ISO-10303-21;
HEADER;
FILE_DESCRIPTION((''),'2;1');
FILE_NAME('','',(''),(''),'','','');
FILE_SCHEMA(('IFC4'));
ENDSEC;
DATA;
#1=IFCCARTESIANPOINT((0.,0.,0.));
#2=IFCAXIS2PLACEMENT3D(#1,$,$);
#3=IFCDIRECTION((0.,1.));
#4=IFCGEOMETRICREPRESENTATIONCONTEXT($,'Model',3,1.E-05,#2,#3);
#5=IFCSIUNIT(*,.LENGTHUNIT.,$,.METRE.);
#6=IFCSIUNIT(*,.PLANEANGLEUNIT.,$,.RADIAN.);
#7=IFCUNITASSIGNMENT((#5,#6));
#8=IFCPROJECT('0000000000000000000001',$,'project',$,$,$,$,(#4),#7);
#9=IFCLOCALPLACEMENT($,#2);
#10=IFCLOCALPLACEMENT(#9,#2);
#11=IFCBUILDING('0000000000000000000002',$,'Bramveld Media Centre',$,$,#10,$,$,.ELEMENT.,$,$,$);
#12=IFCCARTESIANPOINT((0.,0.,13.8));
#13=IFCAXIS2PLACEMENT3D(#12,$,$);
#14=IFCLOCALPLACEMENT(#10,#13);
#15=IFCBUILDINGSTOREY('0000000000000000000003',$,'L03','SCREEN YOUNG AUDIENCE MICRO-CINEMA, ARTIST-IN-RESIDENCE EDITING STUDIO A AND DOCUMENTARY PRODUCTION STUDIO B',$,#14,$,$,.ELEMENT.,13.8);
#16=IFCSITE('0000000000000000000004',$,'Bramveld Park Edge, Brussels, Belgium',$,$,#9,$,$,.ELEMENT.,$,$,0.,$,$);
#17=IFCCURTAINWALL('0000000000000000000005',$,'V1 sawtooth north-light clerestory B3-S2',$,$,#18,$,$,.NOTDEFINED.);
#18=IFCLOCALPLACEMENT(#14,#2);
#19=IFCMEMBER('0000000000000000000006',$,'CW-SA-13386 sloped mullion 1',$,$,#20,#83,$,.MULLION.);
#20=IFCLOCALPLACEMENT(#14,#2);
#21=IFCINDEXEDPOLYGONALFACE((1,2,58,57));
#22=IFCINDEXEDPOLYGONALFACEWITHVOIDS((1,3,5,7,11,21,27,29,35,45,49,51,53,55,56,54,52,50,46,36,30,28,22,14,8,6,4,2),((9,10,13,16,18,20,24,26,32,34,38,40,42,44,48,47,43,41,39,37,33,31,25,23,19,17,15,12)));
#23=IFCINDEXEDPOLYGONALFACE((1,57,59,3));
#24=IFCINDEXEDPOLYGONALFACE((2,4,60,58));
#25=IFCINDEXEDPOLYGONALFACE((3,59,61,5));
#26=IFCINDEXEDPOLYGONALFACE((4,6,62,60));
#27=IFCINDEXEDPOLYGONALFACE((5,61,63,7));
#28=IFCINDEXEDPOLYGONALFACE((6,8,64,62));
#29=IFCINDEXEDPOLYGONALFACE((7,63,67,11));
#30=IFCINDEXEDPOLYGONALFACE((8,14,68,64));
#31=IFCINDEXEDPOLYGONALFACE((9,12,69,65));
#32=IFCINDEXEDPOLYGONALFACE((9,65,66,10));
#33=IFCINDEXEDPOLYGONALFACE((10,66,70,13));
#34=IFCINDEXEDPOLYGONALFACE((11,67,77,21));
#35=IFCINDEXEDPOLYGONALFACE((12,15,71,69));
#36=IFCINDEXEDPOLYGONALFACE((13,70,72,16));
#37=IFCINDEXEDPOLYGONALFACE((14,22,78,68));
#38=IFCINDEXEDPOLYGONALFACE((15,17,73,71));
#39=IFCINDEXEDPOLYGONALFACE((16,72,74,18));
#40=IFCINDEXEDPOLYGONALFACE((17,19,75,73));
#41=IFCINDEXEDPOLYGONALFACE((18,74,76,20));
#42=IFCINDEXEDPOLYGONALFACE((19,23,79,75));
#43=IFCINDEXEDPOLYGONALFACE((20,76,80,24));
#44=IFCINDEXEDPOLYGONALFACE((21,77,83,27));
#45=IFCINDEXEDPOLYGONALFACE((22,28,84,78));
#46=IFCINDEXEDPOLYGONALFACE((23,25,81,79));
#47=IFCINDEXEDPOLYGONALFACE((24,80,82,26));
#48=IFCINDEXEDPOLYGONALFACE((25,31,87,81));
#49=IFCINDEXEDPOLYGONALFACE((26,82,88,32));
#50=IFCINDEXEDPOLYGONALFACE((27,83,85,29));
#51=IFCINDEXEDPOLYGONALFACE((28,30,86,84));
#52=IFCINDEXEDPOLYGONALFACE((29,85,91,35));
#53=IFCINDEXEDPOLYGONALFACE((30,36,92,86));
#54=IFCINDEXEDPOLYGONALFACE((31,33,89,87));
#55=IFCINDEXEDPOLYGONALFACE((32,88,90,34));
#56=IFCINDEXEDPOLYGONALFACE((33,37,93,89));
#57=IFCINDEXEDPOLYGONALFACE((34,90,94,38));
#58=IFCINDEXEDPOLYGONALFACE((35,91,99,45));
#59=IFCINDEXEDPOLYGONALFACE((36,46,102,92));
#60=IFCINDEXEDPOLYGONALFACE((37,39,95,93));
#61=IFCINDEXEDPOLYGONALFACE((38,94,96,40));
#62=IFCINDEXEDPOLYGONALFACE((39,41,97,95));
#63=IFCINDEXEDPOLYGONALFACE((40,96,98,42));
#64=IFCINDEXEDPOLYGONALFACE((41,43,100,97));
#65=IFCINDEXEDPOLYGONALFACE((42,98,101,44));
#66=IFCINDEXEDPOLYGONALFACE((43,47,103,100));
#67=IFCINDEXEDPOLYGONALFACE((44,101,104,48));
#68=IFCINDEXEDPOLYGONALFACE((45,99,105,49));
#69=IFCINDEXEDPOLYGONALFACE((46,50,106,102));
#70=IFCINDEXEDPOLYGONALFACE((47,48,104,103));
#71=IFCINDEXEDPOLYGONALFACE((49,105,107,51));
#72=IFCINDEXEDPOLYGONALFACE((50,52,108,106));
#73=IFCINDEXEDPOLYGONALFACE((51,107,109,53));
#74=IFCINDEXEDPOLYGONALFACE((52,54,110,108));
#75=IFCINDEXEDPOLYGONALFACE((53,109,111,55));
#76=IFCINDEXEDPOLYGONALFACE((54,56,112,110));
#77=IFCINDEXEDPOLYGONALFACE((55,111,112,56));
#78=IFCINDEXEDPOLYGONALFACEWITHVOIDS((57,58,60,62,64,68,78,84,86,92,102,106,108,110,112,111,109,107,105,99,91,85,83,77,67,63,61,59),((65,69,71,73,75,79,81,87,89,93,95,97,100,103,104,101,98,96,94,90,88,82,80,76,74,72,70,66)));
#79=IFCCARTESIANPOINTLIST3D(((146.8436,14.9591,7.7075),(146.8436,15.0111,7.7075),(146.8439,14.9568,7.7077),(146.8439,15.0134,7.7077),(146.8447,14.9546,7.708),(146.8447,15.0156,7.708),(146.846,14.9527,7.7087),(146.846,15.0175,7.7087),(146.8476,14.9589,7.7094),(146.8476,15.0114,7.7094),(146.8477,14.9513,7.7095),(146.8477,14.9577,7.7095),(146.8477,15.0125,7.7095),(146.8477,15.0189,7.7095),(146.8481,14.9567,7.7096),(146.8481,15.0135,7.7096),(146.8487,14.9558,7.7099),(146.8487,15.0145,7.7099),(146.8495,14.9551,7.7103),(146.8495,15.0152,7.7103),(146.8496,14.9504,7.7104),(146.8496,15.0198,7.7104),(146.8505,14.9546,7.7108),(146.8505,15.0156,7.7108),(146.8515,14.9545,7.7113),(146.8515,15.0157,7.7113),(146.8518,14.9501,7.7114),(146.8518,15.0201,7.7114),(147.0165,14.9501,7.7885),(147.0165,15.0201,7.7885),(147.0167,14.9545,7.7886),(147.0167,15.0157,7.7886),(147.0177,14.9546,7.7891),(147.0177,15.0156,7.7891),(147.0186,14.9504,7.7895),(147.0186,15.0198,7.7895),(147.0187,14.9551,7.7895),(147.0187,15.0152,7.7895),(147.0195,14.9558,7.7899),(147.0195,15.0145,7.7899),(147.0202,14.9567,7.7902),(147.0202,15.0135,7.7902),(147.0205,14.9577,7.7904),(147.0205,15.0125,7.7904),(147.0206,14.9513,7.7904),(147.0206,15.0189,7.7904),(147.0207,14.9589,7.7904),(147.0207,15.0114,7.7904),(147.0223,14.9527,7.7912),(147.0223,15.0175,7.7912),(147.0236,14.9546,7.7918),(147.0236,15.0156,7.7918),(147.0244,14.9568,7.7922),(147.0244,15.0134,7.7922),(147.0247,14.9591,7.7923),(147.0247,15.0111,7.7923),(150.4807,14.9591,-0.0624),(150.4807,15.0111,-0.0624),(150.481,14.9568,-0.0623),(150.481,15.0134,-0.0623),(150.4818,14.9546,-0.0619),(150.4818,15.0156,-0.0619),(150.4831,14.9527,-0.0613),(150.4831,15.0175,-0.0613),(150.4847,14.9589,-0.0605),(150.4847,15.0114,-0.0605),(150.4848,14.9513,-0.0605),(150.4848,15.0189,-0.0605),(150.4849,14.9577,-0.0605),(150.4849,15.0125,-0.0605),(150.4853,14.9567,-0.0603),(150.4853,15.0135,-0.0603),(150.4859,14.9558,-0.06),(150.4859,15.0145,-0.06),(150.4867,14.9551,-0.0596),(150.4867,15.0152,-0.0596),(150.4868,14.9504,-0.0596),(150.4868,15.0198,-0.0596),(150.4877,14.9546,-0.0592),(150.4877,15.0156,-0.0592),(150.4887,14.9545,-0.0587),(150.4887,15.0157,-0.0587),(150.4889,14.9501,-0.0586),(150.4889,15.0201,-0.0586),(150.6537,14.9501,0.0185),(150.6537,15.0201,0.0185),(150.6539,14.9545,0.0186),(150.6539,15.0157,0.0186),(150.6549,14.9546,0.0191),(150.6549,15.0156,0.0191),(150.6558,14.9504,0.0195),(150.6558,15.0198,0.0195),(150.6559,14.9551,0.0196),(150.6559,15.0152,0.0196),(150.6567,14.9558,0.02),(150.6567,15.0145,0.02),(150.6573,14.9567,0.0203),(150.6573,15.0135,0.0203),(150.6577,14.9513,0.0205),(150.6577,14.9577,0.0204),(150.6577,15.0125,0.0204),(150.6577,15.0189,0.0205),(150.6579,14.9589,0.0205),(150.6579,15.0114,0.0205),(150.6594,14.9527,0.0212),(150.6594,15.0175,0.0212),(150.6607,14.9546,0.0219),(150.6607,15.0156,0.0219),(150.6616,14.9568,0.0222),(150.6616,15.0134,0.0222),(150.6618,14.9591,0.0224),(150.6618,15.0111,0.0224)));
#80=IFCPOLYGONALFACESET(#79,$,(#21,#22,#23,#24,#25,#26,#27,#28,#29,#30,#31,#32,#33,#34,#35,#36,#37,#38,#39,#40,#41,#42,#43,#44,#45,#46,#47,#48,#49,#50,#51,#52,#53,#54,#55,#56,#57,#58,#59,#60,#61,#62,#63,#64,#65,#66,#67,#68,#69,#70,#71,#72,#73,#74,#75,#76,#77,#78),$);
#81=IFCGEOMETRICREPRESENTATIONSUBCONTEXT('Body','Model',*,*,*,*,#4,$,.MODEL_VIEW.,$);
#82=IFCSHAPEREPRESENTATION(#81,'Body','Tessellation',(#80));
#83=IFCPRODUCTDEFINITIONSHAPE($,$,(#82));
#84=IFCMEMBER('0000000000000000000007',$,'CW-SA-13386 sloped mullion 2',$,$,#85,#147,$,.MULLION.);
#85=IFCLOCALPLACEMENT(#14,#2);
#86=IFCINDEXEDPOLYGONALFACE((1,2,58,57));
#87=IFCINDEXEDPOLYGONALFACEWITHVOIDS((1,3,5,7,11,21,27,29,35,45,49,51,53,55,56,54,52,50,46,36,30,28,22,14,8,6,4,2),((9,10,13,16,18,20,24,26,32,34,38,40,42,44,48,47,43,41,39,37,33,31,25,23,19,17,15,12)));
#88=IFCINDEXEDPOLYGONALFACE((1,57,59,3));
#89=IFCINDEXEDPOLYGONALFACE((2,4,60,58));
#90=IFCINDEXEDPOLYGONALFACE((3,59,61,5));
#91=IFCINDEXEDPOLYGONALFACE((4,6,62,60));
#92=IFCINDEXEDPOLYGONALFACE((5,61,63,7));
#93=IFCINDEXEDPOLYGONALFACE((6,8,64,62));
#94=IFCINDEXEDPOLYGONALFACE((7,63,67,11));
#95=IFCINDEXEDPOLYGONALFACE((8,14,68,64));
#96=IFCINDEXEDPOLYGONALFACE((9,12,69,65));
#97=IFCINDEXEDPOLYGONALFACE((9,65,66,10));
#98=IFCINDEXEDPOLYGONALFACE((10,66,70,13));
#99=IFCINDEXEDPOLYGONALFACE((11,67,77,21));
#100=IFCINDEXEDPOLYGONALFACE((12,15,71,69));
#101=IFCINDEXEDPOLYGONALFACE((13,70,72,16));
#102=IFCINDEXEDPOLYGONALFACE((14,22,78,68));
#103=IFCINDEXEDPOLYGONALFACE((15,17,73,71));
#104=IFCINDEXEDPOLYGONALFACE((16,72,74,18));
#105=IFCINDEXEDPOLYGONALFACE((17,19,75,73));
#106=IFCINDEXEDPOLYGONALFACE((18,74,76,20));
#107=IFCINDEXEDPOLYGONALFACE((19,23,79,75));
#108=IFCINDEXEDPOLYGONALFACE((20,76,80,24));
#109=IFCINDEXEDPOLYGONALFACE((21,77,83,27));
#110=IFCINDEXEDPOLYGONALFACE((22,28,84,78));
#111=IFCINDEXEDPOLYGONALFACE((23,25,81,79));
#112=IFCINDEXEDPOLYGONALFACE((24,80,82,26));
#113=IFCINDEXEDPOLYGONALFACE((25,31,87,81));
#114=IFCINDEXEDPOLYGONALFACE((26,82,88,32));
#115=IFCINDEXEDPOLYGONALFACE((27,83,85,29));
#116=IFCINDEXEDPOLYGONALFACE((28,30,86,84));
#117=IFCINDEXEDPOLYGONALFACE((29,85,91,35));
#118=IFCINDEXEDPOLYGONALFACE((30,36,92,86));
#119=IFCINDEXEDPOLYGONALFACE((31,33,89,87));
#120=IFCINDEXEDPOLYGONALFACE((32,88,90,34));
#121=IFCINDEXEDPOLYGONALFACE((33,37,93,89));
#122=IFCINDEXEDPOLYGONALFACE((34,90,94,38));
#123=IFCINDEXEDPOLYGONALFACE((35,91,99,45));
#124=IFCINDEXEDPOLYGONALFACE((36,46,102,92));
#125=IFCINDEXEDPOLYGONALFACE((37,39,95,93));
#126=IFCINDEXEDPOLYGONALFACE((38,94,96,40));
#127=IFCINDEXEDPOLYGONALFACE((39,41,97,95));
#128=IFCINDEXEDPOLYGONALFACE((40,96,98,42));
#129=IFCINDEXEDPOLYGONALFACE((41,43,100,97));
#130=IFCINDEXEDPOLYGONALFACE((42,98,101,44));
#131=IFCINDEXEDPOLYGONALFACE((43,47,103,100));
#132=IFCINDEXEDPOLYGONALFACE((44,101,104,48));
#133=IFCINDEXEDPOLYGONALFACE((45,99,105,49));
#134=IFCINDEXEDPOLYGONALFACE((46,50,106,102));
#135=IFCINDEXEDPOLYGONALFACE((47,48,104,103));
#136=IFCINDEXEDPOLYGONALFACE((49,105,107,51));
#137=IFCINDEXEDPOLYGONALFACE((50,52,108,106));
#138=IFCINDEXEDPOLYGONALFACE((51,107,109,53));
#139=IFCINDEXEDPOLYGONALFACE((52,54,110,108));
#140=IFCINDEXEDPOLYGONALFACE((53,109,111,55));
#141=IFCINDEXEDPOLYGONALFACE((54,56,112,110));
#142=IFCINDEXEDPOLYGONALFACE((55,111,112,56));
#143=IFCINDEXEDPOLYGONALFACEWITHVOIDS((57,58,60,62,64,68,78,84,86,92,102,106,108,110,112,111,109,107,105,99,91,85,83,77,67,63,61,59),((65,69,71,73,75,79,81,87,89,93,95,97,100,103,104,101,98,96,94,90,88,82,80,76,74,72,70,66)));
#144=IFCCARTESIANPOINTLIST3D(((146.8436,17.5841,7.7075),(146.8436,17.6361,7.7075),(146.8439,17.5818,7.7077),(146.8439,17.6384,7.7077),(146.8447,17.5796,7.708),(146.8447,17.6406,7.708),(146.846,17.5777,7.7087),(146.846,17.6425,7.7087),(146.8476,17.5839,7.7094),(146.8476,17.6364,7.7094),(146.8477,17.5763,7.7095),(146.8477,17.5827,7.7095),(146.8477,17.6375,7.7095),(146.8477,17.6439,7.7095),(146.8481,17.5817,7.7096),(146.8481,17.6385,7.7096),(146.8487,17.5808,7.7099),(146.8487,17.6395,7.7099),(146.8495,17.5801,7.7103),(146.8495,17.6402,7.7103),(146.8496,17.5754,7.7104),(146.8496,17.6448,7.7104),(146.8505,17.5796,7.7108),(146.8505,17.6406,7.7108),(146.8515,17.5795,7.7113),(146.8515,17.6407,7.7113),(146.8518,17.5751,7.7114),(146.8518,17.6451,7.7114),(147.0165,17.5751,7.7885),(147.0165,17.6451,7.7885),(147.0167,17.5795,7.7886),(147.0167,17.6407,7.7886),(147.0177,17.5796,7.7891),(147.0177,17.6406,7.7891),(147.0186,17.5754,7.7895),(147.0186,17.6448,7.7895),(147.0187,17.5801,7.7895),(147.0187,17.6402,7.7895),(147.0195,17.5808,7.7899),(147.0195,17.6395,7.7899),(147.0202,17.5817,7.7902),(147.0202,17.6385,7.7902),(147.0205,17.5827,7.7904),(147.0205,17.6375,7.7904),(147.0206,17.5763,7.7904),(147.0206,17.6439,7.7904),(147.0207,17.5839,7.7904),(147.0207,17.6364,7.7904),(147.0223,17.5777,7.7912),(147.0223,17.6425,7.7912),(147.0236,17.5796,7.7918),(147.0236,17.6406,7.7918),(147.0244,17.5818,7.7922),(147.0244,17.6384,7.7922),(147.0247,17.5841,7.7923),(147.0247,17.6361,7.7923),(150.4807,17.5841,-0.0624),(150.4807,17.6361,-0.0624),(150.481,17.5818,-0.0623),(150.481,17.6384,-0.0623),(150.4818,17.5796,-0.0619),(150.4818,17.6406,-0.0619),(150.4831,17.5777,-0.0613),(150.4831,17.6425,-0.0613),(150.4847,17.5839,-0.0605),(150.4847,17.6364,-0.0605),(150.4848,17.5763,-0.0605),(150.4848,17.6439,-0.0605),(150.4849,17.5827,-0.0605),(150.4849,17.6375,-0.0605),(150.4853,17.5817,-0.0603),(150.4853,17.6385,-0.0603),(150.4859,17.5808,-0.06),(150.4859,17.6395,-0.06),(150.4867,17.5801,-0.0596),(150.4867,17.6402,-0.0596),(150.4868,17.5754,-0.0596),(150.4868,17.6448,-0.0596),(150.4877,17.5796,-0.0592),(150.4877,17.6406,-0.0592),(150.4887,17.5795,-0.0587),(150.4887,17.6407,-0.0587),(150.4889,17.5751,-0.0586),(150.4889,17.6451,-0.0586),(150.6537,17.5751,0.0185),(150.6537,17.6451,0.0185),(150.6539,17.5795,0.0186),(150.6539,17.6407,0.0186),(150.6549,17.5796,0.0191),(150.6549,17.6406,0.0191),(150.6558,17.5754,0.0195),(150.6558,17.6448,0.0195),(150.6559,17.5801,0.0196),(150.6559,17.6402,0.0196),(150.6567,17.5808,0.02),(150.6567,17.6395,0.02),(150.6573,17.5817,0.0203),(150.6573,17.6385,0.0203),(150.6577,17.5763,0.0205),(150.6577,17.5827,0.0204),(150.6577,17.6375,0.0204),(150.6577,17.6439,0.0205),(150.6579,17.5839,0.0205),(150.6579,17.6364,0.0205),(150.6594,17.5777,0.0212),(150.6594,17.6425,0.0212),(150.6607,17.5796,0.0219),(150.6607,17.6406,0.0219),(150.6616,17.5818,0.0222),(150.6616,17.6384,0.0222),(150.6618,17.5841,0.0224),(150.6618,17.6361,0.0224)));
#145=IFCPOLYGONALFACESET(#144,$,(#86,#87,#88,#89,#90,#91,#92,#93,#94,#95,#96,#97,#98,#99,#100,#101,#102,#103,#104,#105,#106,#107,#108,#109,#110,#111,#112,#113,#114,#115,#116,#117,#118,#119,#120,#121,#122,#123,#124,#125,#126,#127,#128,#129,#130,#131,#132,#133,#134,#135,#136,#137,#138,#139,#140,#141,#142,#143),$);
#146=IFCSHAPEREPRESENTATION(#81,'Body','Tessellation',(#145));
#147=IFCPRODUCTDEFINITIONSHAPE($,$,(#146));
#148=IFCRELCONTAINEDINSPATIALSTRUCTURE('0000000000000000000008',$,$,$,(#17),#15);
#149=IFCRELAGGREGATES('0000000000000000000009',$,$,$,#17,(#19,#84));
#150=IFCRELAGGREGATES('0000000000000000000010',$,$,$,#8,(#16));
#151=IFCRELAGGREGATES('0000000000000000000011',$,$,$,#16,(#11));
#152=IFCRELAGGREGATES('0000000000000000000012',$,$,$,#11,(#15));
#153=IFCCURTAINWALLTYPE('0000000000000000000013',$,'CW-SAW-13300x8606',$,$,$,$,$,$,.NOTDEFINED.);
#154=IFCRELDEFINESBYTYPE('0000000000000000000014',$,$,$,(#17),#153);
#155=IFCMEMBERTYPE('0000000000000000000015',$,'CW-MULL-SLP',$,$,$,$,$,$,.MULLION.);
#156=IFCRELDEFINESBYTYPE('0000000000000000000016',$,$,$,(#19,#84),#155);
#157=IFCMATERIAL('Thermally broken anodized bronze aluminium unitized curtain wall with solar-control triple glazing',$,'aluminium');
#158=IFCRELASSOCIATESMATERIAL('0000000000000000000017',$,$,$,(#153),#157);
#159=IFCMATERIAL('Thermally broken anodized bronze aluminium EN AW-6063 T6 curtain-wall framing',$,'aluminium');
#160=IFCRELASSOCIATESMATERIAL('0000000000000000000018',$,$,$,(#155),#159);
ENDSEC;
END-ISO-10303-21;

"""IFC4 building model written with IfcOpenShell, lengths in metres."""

from ifc_helpers import new_model, si_unit, direction, frame, origin, origin_2d, place, context, subcontext, project, spatial, hollow_rectangle, extrude, material, material_profile, profile_set, type_object, element, aggregate, save


model = new_model("IFC4")

# Units and contexts
model_context = context("Model", 3, precision=1e-05, world=origin(), true_north=direction((0.0, 1.0)))
body_context = subcontext(model_context, "Body", "Model", "MODEL_VIEW")
ifc_project = project(units=[si_unit("LENGTHUNIT", "METRE"), si_unit("PLANEANGLEUNIT", "RADIAN")], contexts=[model_context])

# Site, building, storey
site_placement = place(None, origin())
site = spatial("IfcSite", under=ifc_project, at=site_placement, Name="Bramveld Park Edge, Brussels, Belgium", CompositionType="ELEMENT", RefElevation=0.0)
building_placement = place(site_placement, origin())
building = spatial("IfcBuilding", under=site, at=building_placement, Name="Bramveld Media Centre", CompositionType="ELEMENT")
storey_placement = place(building_placement, frame((0.0, 0.0, 13.8)))
storey = spatial("IfcBuildingStorey", under=building, at=storey_placement, Name="L03", Description="SCREEN YOUNG AUDIENCE MICRO-CINEMA, ARTIST-IN-RESIDENCE EDITING STUDIO A AND DOCUMENTARY PRODUCTION STUDIO B", CompositionType="ELEMENT", Elevation=13.8)

# Curtain wall, members
ifc_material_1 = material(Name="Thermally broken anodized bronze aluminium unitized curtain wall with solar-control triple glazing", Category="aluminium")
curtain_wall_type = type_object("IfcCurtainWallType", Name="CW-SAW-13300x8606", PredefinedType="NOTDEFINED", material=ifc_material_1)
ifc_material_2 = material(Name="Thermally broken anodized bronze aluminium EN AW-6063 T6 curtain-wall framing", Category="aluminium")
ifc_material_profile_1 = material_profile(ifc_material_2, hollow_rectangle(XDim=0.0701, YDim=0.2, WallThickness=0.0044, InnerFilletRadius=0.0044, OuterFilletRadius=0.009, at=origin_2d()), Name="AL-MULL 70x200")
ifc_profile_set_1 = profile_set([ifc_material_profile_1], Name="Thermally broken anodized bronze aluminium EN AW-6063 T6 curtain-wall framing")
member_type_1 = type_object("IfcMemberType", Name="CW-MULL-SLP", PredefinedType="MULLION", material=ifc_profile_set_1)
curtain_wall_1_placement = place(storey_placement, origin())
curtain_wall_1 = element("IfcCurtainWall", 1, at=curtain_wall_1_placement, inside=storey, type_object=curtain_wall_type, Name="V1 sawtooth north-light clerestory B3-S2", PredefinedType="NOTDEFINED")
member_1_placement = place(storey_placement, frame((150.5713, 14.9851, -0.02), z_axis=(-0.423957, 0.0, 0.905682), x_axis=(0.0, -1.0, 0.0)))
member_1 = element("IfcMember", 2, at=member_1_placement, type_object=member_type_1, Name="CW-SA-13386 sloped mullion 1", PredefinedType="MULLION", context=body_context, shape_type="SweptSolid", body=[
    extrude(hollow_rectangle(XDim=0.0701, YDim=0.2, WallThickness=0.0044, InnerFilletRadius=0.0044, OuterFilletRadius=0.009, at=origin_2d()), origin(), (0.0, 0.0, 1.0), 8.5791),
])
member_2_placement = place(storey_placement, frame((150.5713, 17.6101, -0.02), z_axis=(-0.423957, 0.0, 0.905682), x_axis=(0.0, -1.0, 0.0)))
member_2 = element("IfcMember", 3, at=member_2_placement, type_object=member_type_1, Name="CW-SA-13386 sloped mullion 2", PredefinedType="MULLION", context=body_context, shape_type="SweptSolid", body=[
    extrude(hollow_rectangle(XDim=0.0701, YDim=0.2, WallThickness=0.0044, InnerFilletRadius=0.0044, OuterFilletRadius=0.009, at=origin_2d()), origin(), (0.0, 0.0, 1.0), 8.5791),
])

aggregate(curtain_wall_1, [member_1, member_2])

save(model, "model.ifc")
